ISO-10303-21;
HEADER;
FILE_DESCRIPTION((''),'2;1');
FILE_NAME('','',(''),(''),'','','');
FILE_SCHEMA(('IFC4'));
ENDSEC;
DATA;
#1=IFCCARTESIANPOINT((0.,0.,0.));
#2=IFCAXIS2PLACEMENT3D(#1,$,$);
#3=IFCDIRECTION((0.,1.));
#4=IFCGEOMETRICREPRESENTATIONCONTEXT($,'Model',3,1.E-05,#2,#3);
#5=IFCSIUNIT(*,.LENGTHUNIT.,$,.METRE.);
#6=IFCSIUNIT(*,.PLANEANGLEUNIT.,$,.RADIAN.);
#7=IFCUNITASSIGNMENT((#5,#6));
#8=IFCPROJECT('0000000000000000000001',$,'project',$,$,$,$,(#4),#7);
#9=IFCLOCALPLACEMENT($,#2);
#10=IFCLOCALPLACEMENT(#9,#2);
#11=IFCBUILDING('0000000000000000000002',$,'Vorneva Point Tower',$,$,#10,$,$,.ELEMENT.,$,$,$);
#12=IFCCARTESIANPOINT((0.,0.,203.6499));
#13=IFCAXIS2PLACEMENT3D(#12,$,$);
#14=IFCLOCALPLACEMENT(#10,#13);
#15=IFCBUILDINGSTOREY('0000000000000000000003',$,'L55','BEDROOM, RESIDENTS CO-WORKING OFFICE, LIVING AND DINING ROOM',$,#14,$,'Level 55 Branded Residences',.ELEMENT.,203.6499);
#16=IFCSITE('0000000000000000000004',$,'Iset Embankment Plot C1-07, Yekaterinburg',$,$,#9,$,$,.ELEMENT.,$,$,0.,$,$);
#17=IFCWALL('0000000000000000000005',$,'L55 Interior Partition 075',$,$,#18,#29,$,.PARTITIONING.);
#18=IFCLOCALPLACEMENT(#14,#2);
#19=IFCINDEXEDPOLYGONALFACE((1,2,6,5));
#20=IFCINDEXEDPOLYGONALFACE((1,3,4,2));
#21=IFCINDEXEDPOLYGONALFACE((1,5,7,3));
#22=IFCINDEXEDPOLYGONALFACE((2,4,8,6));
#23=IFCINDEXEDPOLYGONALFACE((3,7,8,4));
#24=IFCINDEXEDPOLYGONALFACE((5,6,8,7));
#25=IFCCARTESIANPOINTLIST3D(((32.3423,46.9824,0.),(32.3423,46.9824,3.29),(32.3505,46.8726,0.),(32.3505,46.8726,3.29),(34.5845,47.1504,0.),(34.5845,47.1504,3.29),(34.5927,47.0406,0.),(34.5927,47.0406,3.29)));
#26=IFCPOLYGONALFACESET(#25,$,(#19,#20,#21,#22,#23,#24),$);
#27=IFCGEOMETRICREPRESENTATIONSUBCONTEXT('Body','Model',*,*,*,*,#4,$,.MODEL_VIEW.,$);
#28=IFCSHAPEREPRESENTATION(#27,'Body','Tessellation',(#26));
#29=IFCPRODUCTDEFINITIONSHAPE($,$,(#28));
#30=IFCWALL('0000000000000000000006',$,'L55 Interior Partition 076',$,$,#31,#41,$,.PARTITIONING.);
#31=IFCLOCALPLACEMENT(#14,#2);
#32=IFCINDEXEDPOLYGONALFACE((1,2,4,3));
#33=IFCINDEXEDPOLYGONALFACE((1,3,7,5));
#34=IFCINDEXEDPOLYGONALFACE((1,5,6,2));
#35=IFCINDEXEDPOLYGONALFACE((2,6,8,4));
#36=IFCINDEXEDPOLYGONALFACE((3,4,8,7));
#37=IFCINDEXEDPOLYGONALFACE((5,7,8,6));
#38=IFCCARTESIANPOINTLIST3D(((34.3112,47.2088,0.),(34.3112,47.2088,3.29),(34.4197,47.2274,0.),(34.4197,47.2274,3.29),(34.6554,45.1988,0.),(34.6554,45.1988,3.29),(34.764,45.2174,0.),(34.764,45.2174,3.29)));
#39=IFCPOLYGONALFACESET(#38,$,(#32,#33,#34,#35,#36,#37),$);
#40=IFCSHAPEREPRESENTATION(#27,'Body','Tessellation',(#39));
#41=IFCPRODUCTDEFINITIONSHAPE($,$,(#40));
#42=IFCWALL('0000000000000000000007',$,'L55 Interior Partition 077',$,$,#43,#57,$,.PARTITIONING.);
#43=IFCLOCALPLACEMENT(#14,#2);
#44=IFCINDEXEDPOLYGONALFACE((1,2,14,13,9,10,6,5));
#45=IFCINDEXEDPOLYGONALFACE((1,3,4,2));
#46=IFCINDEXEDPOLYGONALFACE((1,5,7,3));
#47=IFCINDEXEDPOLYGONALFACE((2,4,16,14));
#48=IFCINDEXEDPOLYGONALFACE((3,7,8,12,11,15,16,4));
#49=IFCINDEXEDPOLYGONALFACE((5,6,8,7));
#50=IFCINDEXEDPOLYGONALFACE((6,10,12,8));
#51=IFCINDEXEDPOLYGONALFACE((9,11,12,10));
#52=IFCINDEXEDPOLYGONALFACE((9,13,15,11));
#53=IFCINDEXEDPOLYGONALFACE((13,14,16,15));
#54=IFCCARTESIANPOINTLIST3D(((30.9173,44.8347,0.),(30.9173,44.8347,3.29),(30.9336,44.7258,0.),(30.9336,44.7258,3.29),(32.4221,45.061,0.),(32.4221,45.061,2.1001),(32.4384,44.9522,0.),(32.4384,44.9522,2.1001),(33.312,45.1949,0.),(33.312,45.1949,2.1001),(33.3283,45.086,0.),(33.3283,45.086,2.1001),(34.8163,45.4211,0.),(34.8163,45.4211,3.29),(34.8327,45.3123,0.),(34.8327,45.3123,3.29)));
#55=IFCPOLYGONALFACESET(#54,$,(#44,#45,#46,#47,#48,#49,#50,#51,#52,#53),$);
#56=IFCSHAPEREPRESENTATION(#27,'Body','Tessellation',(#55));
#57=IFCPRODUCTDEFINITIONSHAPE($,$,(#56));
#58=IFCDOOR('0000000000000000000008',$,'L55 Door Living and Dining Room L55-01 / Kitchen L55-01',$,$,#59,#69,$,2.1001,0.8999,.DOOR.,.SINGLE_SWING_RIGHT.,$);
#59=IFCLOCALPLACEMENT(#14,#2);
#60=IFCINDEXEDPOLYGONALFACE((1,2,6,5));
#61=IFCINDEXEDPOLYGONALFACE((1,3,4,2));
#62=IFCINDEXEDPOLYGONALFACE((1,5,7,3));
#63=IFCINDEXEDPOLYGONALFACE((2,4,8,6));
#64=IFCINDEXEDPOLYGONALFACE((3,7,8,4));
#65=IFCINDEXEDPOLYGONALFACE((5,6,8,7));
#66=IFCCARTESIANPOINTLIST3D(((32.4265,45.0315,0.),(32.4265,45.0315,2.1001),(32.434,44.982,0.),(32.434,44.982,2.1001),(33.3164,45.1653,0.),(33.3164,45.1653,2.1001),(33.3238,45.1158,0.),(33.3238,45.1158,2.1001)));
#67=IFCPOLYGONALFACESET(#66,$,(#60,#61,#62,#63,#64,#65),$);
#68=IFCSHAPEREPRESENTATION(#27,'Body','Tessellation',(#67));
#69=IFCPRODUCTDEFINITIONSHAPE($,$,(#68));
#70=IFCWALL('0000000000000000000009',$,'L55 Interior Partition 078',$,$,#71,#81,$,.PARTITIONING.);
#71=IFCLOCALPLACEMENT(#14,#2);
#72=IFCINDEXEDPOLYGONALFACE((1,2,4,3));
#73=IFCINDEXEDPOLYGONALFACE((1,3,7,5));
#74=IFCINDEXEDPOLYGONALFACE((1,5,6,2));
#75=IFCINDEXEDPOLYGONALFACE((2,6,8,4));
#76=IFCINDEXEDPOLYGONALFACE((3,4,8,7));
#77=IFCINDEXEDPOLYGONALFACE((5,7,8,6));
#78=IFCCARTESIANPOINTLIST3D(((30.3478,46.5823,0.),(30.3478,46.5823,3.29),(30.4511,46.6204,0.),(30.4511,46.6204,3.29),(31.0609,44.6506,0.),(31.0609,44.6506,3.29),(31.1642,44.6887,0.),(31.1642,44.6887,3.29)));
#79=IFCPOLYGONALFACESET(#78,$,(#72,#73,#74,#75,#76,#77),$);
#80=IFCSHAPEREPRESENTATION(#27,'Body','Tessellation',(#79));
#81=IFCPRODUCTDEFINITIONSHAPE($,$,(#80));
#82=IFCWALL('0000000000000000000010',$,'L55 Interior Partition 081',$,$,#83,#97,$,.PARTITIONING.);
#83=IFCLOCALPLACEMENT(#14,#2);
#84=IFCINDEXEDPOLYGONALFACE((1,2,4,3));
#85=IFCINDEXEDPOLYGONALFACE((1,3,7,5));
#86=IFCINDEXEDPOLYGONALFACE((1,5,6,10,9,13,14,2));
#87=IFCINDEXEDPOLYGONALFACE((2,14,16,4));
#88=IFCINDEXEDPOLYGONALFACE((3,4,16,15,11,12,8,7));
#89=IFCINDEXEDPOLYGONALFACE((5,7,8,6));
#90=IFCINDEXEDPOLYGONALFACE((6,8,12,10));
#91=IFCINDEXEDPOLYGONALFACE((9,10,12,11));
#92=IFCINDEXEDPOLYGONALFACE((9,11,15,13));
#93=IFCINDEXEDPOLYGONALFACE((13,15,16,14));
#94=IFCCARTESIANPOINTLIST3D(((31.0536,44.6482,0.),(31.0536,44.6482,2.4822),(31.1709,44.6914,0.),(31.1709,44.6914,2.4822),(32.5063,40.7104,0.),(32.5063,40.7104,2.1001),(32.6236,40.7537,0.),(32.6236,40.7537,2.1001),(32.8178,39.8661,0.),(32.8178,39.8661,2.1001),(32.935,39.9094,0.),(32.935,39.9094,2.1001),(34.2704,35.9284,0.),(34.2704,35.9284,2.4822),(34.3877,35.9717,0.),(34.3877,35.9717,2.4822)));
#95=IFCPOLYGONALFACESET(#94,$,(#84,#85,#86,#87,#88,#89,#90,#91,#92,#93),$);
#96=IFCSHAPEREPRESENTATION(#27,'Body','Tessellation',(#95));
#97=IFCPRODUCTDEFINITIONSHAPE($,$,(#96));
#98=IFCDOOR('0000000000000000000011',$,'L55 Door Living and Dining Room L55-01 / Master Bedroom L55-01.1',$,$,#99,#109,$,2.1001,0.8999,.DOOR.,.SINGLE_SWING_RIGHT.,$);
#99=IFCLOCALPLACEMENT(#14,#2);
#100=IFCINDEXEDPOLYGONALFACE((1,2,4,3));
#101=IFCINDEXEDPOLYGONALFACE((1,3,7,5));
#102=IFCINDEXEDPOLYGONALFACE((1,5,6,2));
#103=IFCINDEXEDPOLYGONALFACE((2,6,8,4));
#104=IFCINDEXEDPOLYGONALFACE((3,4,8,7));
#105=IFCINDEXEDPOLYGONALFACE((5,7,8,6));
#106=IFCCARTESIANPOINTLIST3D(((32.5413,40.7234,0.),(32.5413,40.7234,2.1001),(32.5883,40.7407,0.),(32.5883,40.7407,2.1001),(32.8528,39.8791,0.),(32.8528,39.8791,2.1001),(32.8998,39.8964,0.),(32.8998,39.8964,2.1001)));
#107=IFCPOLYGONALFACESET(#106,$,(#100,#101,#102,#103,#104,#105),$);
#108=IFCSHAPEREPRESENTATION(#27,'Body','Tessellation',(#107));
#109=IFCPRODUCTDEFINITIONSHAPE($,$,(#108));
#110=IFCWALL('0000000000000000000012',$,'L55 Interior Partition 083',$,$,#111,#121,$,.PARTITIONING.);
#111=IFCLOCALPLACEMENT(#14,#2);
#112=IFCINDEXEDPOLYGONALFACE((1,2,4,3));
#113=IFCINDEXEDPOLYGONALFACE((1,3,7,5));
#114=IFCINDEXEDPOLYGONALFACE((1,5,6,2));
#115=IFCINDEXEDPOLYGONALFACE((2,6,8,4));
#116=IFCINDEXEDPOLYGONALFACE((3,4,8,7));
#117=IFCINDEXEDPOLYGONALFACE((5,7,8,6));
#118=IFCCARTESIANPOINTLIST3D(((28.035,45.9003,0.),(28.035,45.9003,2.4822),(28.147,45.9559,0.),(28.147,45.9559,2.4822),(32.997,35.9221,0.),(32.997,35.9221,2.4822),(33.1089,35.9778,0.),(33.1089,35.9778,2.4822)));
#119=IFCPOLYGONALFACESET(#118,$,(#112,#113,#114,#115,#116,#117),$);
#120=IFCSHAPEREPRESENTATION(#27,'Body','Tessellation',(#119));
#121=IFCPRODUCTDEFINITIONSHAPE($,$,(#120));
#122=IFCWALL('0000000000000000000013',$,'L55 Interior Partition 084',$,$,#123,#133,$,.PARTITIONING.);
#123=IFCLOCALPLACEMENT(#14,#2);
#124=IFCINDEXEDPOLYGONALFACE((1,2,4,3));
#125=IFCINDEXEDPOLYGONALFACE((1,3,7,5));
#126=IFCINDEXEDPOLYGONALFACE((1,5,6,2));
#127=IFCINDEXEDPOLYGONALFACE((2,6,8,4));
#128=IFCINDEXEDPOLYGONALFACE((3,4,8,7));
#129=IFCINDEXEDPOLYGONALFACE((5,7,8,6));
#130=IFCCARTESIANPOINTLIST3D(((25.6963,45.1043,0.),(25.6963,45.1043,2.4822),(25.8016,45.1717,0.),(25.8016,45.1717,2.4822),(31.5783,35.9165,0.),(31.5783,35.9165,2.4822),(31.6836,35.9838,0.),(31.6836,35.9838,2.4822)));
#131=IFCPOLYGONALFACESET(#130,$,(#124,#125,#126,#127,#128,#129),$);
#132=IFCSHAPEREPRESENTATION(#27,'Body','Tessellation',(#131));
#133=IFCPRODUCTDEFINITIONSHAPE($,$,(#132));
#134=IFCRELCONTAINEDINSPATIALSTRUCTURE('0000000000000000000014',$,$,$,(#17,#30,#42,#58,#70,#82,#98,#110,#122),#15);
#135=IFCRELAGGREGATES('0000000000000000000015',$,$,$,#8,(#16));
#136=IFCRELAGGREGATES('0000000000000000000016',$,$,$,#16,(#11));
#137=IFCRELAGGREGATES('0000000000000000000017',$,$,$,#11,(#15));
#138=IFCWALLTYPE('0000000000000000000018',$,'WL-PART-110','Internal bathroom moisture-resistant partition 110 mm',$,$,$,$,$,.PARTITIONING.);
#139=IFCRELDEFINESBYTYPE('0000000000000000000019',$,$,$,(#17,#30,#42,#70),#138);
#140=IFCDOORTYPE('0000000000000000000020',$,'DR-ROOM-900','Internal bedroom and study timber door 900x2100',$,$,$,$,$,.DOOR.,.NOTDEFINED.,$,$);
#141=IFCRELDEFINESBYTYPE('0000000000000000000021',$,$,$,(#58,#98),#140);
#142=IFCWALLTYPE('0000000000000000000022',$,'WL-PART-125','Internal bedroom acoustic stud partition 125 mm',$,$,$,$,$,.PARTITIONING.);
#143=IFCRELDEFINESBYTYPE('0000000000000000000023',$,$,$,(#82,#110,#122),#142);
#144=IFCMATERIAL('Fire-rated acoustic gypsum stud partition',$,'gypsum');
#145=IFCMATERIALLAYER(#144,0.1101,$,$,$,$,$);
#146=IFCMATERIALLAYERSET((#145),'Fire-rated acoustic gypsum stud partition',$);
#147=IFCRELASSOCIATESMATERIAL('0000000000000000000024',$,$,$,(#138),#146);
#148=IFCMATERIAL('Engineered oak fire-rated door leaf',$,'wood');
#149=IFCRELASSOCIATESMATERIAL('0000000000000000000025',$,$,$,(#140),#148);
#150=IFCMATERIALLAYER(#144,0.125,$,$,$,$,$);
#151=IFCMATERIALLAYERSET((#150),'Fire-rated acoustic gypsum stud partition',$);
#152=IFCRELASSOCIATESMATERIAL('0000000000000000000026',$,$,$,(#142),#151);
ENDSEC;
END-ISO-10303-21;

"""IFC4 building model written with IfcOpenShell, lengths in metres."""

from ifc_helpers import new_model, si_unit, direction, frame, frame_2d, origin, place, context, subcontext, project, spatial, rectangle, extrude, material, layer, layer_set, type_object, element, fill, save


model = new_model("IFC4")

# Units and contexts
model_context = context("Model", 3, precision=1e-05, world=origin(), true_north=direction((0.0, 1.0)))
body_context = subcontext(model_context, "Body", "Model", "MODEL_VIEW")
ifc_project = project(units=[si_unit("LENGTHUNIT", "METRE"), si_unit("PLANEANGLEUNIT", "RADIAN")], contexts=[model_context])

# Site, building, storey
site_placement = place(None, origin())
site = spatial("IfcSite", under=ifc_project, at=site_placement, Name="Iset Embankment Plot C1-07, Yekaterinburg", CompositionType="ELEMENT", RefElevation=0.0)
building_placement = place(site_placement, origin())
building = spatial("IfcBuilding", under=site, at=building_placement, Name="Vorneva Point Tower", CompositionType="ELEMENT")
storey_placement = place(building_placement, frame((0.0, 0.0, 203.6499)))
storey = spatial("IfcBuildingStorey", under=building, at=storey_placement, Name="L55", Description="BEDROOM, RESIDENTS CO-WORKING OFFICE, LIVING AND DINING ROOM", LongName="Level 55 Branded Residences", CompositionType="ELEMENT", Elevation=203.6499)

# Walls
ifc_material_1 = material(Name="Fire-rated acoustic gypsum stud partition", Category="gypsum")
ifc_layer_1 = layer(ifc_material_1, 0.1101)
ifc_layer_set_1 = layer_set([ifc_layer_1], Name="Fire-rated acoustic gypsum stud partition")
wall_type_1 = type_object("IfcWallType", Name="WL-PART-110", Description="Internal bathroom moisture-resistant partition 110 mm", PredefinedType="PARTITIONING", material=ifc_layer_set_1)
wall_1_placement = place(storey_placement, frame((34.5886, 47.0955, 0.0), z_axis=(0.0, 0.0, 1.0), x_axis=(-0.997206, -0.074704, 0.0)))
element("IfcWall", 1, at=wall_1_placement, inside=storey, type_object=wall_type_1, Name="L55 Interior Partition 075", PredefinedType="PARTITIONING", context=body_context, shape_type="SweptSolid", body=[
    extrude(rectangle(XDim=2.2485, YDim=0.1101, at=frame_2d((1.1243, 0.0))), origin(), (0.0, 0.0, 1.0), 3.29),
])
wall_2_placement = place(storey_placement, frame((34.3655, 47.218, 0.0), z_axis=(0.0, 0.0, 1.0), x_axis=(0.168804, -0.98565, 0.0)))
element("IfcWall", 2, at=wall_2_placement, inside=storey, type_object=wall_type_1, Name="L55 Interior Partition 076", PredefinedType="PARTITIONING", context=body_context, shape_type="SweptSolid", body=[
    extrude(rectangle(XDim=2.0393, YDim=0.1101, at=frame_2d((1.0195, 0.0))), origin(), (0.0, 0.0, 1.0), 3.29),
])

# Wall, opening, door
wall_3_placement = place(storey_placement, frame((34.8245, 45.3667, 0.0), z_axis=(0.0, 0.0, 1.0), x_axis=(-0.988877, -0.148734, 0.0)))
wall_3 = element("IfcWall", 3, at=wall_3_placement, inside=storey, type_object=wall_type_1, Name="L55 Interior Partition 077", PredefinedType="PARTITIONING", context=body_context, shape_type="SweptSolid", body=[
    extrude(rectangle(XDim=3.9429, YDim=0.1101, at=frame_2d((1.9714, 0.0))), origin(), (0.0, 0.0, 1.0), 3.29),
])
opening_1_placement = place(wall_3_placement, frame((1.5212, 0.0, 0.0)))
opening_1 = element("IfcOpeningElement", 4, at=opening_1_placement, cuts=wall_3, PredefinedType="OPENING", context=body_context, shape_type="SweptSolid", body=[
    extrude(rectangle(XDim=0.8999, YDim=2.1001, at=frame_2d((0.45, 1.05))), frame((0.0, 0.0698, 0.0), z_axis=(0.0, -1.0, 0.0), x_axis=(1.0, 0.0, 0.0)), (0.0, 0.0, 1.0), 0.1399),
])
ifc_material_2 = material(Name="Engineered oak fire-rated door leaf", Category="wood")
door_type = type_object("IfcDoorType", Name="DR-ROOM-900", Description="Internal bedroom and study timber door 900x2100", OperationType="NOTDEFINED", PredefinedType="DOOR", material=ifc_material_2)
door_1_placement = place(opening_1_placement, origin())
door_1 = element("IfcDoor", 5, at=door_1_placement, inside=storey, type_object=door_type, Name="L55 Door Living and Dining Room L55-01 / Kitchen L55-01", OperationType="SINGLE_SWING_RIGHT", OverallHeight=2.1001, OverallWidth=0.8999, PredefinedType="DOOR", context=body_context, shape_type="SweptSolid", body=[
    extrude(rectangle(XDim=0.8999, YDim=2.1001, at=frame_2d((0.45, 1.05))), frame((0.0, 0.0249, 0.0), z_axis=(0.0, -1.0, 0.0), x_axis=(1.0, 0.0, 0.0)), (0.0, 0.0, 1.0), 0.05),
])
fill(opening_1, door_1)

# Wall
wall_4_placement = place(storey_placement, frame((31.1125, 44.6697, 0.0), z_axis=(0.0, 0.0, 1.0), x_axis=(-0.346337, 0.93811, 0.0)))
element("IfcWall", 6, at=wall_4_placement, inside=storey, type_object=wall_type_1, Name="L55 Interior Partition 078", PredefinedType="PARTITIONING", context=body_context, shape_type="SweptSolid", body=[
    extrude(rectangle(XDim=2.0591, YDim=0.1101, at=frame_2d((1.0295, 0.0))), origin(), (0.0, 0.0, 1.0), 3.29),
])

# Wall, opening, door
ifc_layer_2 = layer(ifc_material_1, 0.125)
ifc_layer_set_2 = layer_set([ifc_layer_2], Name="Fire-rated acoustic gypsum stud partition")
wall_type_2 = type_object("IfcWallType", Name="WL-PART-125", Description="Internal bedroom acoustic stud partition 125 mm", PredefinedType="PARTITIONING", material=ifc_layer_set_2)
wall_5_placement = place(storey_placement, frame((31.1123, 44.6697, 0.0), z_axis=(0.0, 0.0, 1.0), x_axis=(0.346109, -0.938194, 0.0)))
wall_5 = element("IfcWall", 7, at=wall_5_placement, inside=storey, type_object=wall_type_2, Name="L55 Interior Partition 081", PredefinedType="PARTITIONING", context=body_context, shape_type="SweptSolid", body=[
    extrude(rectangle(XDim=9.2942, YDim=0.125, at=frame_2d((4.647, 0.0))), origin(), (0.0, 0.0, 1.0), 2.4822),
])
opening_2_placement = place(wall_5_placement, frame((4.197, 0.0, 0.0)))
opening_2 = element("IfcOpeningElement", 8, at=opening_2_placement, cuts=wall_5, PredefinedType="OPENING", context=body_context, shape_type="SweptSolid", body=[
    extrude(rectangle(XDim=0.8999, YDim=2.1001, at=frame_2d((0.45, 1.05))), frame((0.0, 0.0774, 0.0), z_axis=(0.0, -1.0, 0.0), x_axis=(1.0, 0.0, 0.0)), (0.0, 0.0, 1.0), 0.1548),
])
door_2_placement = place(opening_2_placement, origin())
door_2 = element("IfcDoor", 9, at=door_2_placement, inside=storey, type_object=door_type, Name="L55 Door Living and Dining Room L55-01 / Master Bedroom L55-01.1", OperationType="SINGLE_SWING_RIGHT", OverallHeight=2.1001, OverallWidth=0.8999, PredefinedType="DOOR", context=body_context, shape_type="SweptSolid", body=[
    extrude(rectangle(XDim=0.8999, YDim=2.1001, at=frame_2d((0.45, 1.05))), frame((0.0, 0.0249, 0.0), z_axis=(0.0, -1.0, 0.0), x_axis=(1.0, 0.0, 0.0)), (0.0, 0.0, 1.0), 0.05),
])
fill(opening_2, door_2)

# Walls
wall_6_placement = place(storey_placement, frame((28.0911, 45.928, 0.0), z_axis=(0.0, 0.0, 1.0), x_axis=(0.445267, -0.895398, 0.0)))
element("IfcWall", 10, at=wall_6_placement, inside=storey, type_object=wall_type_2, Name="L55 Interior Partition 083", PredefinedType="PARTITIONING", context=body_context, shape_type="SweptSolid", body=[
    extrude(rectangle(XDim=11.1438, YDim=0.125, at=frame_2d((5.5718, 0.0))), origin(), (0.0, 0.0, 1.0), 2.4822),
])
wall_7_placement = place(storey_placement, frame((25.749, 45.1379, 0.0), z_axis=(0.0, 0.0, 1.0), x_axis=(0.539169, -0.842198, 0.0)))
element("IfcWall", 11, at=wall_7_placement, inside=storey, type_object=wall_type_2, Name="L55 Interior Partition 084", PredefinedType="PARTITIONING", context=body_context, shape_type="SweptSolid", body=[
    extrude(rectangle(XDim=10.9094, YDim=0.125, at=frame_2d((5.4546, 0.0))), origin(), (0.0, 0.0, 1.0), 2.4822),
])

save(model, "model.ifc")
